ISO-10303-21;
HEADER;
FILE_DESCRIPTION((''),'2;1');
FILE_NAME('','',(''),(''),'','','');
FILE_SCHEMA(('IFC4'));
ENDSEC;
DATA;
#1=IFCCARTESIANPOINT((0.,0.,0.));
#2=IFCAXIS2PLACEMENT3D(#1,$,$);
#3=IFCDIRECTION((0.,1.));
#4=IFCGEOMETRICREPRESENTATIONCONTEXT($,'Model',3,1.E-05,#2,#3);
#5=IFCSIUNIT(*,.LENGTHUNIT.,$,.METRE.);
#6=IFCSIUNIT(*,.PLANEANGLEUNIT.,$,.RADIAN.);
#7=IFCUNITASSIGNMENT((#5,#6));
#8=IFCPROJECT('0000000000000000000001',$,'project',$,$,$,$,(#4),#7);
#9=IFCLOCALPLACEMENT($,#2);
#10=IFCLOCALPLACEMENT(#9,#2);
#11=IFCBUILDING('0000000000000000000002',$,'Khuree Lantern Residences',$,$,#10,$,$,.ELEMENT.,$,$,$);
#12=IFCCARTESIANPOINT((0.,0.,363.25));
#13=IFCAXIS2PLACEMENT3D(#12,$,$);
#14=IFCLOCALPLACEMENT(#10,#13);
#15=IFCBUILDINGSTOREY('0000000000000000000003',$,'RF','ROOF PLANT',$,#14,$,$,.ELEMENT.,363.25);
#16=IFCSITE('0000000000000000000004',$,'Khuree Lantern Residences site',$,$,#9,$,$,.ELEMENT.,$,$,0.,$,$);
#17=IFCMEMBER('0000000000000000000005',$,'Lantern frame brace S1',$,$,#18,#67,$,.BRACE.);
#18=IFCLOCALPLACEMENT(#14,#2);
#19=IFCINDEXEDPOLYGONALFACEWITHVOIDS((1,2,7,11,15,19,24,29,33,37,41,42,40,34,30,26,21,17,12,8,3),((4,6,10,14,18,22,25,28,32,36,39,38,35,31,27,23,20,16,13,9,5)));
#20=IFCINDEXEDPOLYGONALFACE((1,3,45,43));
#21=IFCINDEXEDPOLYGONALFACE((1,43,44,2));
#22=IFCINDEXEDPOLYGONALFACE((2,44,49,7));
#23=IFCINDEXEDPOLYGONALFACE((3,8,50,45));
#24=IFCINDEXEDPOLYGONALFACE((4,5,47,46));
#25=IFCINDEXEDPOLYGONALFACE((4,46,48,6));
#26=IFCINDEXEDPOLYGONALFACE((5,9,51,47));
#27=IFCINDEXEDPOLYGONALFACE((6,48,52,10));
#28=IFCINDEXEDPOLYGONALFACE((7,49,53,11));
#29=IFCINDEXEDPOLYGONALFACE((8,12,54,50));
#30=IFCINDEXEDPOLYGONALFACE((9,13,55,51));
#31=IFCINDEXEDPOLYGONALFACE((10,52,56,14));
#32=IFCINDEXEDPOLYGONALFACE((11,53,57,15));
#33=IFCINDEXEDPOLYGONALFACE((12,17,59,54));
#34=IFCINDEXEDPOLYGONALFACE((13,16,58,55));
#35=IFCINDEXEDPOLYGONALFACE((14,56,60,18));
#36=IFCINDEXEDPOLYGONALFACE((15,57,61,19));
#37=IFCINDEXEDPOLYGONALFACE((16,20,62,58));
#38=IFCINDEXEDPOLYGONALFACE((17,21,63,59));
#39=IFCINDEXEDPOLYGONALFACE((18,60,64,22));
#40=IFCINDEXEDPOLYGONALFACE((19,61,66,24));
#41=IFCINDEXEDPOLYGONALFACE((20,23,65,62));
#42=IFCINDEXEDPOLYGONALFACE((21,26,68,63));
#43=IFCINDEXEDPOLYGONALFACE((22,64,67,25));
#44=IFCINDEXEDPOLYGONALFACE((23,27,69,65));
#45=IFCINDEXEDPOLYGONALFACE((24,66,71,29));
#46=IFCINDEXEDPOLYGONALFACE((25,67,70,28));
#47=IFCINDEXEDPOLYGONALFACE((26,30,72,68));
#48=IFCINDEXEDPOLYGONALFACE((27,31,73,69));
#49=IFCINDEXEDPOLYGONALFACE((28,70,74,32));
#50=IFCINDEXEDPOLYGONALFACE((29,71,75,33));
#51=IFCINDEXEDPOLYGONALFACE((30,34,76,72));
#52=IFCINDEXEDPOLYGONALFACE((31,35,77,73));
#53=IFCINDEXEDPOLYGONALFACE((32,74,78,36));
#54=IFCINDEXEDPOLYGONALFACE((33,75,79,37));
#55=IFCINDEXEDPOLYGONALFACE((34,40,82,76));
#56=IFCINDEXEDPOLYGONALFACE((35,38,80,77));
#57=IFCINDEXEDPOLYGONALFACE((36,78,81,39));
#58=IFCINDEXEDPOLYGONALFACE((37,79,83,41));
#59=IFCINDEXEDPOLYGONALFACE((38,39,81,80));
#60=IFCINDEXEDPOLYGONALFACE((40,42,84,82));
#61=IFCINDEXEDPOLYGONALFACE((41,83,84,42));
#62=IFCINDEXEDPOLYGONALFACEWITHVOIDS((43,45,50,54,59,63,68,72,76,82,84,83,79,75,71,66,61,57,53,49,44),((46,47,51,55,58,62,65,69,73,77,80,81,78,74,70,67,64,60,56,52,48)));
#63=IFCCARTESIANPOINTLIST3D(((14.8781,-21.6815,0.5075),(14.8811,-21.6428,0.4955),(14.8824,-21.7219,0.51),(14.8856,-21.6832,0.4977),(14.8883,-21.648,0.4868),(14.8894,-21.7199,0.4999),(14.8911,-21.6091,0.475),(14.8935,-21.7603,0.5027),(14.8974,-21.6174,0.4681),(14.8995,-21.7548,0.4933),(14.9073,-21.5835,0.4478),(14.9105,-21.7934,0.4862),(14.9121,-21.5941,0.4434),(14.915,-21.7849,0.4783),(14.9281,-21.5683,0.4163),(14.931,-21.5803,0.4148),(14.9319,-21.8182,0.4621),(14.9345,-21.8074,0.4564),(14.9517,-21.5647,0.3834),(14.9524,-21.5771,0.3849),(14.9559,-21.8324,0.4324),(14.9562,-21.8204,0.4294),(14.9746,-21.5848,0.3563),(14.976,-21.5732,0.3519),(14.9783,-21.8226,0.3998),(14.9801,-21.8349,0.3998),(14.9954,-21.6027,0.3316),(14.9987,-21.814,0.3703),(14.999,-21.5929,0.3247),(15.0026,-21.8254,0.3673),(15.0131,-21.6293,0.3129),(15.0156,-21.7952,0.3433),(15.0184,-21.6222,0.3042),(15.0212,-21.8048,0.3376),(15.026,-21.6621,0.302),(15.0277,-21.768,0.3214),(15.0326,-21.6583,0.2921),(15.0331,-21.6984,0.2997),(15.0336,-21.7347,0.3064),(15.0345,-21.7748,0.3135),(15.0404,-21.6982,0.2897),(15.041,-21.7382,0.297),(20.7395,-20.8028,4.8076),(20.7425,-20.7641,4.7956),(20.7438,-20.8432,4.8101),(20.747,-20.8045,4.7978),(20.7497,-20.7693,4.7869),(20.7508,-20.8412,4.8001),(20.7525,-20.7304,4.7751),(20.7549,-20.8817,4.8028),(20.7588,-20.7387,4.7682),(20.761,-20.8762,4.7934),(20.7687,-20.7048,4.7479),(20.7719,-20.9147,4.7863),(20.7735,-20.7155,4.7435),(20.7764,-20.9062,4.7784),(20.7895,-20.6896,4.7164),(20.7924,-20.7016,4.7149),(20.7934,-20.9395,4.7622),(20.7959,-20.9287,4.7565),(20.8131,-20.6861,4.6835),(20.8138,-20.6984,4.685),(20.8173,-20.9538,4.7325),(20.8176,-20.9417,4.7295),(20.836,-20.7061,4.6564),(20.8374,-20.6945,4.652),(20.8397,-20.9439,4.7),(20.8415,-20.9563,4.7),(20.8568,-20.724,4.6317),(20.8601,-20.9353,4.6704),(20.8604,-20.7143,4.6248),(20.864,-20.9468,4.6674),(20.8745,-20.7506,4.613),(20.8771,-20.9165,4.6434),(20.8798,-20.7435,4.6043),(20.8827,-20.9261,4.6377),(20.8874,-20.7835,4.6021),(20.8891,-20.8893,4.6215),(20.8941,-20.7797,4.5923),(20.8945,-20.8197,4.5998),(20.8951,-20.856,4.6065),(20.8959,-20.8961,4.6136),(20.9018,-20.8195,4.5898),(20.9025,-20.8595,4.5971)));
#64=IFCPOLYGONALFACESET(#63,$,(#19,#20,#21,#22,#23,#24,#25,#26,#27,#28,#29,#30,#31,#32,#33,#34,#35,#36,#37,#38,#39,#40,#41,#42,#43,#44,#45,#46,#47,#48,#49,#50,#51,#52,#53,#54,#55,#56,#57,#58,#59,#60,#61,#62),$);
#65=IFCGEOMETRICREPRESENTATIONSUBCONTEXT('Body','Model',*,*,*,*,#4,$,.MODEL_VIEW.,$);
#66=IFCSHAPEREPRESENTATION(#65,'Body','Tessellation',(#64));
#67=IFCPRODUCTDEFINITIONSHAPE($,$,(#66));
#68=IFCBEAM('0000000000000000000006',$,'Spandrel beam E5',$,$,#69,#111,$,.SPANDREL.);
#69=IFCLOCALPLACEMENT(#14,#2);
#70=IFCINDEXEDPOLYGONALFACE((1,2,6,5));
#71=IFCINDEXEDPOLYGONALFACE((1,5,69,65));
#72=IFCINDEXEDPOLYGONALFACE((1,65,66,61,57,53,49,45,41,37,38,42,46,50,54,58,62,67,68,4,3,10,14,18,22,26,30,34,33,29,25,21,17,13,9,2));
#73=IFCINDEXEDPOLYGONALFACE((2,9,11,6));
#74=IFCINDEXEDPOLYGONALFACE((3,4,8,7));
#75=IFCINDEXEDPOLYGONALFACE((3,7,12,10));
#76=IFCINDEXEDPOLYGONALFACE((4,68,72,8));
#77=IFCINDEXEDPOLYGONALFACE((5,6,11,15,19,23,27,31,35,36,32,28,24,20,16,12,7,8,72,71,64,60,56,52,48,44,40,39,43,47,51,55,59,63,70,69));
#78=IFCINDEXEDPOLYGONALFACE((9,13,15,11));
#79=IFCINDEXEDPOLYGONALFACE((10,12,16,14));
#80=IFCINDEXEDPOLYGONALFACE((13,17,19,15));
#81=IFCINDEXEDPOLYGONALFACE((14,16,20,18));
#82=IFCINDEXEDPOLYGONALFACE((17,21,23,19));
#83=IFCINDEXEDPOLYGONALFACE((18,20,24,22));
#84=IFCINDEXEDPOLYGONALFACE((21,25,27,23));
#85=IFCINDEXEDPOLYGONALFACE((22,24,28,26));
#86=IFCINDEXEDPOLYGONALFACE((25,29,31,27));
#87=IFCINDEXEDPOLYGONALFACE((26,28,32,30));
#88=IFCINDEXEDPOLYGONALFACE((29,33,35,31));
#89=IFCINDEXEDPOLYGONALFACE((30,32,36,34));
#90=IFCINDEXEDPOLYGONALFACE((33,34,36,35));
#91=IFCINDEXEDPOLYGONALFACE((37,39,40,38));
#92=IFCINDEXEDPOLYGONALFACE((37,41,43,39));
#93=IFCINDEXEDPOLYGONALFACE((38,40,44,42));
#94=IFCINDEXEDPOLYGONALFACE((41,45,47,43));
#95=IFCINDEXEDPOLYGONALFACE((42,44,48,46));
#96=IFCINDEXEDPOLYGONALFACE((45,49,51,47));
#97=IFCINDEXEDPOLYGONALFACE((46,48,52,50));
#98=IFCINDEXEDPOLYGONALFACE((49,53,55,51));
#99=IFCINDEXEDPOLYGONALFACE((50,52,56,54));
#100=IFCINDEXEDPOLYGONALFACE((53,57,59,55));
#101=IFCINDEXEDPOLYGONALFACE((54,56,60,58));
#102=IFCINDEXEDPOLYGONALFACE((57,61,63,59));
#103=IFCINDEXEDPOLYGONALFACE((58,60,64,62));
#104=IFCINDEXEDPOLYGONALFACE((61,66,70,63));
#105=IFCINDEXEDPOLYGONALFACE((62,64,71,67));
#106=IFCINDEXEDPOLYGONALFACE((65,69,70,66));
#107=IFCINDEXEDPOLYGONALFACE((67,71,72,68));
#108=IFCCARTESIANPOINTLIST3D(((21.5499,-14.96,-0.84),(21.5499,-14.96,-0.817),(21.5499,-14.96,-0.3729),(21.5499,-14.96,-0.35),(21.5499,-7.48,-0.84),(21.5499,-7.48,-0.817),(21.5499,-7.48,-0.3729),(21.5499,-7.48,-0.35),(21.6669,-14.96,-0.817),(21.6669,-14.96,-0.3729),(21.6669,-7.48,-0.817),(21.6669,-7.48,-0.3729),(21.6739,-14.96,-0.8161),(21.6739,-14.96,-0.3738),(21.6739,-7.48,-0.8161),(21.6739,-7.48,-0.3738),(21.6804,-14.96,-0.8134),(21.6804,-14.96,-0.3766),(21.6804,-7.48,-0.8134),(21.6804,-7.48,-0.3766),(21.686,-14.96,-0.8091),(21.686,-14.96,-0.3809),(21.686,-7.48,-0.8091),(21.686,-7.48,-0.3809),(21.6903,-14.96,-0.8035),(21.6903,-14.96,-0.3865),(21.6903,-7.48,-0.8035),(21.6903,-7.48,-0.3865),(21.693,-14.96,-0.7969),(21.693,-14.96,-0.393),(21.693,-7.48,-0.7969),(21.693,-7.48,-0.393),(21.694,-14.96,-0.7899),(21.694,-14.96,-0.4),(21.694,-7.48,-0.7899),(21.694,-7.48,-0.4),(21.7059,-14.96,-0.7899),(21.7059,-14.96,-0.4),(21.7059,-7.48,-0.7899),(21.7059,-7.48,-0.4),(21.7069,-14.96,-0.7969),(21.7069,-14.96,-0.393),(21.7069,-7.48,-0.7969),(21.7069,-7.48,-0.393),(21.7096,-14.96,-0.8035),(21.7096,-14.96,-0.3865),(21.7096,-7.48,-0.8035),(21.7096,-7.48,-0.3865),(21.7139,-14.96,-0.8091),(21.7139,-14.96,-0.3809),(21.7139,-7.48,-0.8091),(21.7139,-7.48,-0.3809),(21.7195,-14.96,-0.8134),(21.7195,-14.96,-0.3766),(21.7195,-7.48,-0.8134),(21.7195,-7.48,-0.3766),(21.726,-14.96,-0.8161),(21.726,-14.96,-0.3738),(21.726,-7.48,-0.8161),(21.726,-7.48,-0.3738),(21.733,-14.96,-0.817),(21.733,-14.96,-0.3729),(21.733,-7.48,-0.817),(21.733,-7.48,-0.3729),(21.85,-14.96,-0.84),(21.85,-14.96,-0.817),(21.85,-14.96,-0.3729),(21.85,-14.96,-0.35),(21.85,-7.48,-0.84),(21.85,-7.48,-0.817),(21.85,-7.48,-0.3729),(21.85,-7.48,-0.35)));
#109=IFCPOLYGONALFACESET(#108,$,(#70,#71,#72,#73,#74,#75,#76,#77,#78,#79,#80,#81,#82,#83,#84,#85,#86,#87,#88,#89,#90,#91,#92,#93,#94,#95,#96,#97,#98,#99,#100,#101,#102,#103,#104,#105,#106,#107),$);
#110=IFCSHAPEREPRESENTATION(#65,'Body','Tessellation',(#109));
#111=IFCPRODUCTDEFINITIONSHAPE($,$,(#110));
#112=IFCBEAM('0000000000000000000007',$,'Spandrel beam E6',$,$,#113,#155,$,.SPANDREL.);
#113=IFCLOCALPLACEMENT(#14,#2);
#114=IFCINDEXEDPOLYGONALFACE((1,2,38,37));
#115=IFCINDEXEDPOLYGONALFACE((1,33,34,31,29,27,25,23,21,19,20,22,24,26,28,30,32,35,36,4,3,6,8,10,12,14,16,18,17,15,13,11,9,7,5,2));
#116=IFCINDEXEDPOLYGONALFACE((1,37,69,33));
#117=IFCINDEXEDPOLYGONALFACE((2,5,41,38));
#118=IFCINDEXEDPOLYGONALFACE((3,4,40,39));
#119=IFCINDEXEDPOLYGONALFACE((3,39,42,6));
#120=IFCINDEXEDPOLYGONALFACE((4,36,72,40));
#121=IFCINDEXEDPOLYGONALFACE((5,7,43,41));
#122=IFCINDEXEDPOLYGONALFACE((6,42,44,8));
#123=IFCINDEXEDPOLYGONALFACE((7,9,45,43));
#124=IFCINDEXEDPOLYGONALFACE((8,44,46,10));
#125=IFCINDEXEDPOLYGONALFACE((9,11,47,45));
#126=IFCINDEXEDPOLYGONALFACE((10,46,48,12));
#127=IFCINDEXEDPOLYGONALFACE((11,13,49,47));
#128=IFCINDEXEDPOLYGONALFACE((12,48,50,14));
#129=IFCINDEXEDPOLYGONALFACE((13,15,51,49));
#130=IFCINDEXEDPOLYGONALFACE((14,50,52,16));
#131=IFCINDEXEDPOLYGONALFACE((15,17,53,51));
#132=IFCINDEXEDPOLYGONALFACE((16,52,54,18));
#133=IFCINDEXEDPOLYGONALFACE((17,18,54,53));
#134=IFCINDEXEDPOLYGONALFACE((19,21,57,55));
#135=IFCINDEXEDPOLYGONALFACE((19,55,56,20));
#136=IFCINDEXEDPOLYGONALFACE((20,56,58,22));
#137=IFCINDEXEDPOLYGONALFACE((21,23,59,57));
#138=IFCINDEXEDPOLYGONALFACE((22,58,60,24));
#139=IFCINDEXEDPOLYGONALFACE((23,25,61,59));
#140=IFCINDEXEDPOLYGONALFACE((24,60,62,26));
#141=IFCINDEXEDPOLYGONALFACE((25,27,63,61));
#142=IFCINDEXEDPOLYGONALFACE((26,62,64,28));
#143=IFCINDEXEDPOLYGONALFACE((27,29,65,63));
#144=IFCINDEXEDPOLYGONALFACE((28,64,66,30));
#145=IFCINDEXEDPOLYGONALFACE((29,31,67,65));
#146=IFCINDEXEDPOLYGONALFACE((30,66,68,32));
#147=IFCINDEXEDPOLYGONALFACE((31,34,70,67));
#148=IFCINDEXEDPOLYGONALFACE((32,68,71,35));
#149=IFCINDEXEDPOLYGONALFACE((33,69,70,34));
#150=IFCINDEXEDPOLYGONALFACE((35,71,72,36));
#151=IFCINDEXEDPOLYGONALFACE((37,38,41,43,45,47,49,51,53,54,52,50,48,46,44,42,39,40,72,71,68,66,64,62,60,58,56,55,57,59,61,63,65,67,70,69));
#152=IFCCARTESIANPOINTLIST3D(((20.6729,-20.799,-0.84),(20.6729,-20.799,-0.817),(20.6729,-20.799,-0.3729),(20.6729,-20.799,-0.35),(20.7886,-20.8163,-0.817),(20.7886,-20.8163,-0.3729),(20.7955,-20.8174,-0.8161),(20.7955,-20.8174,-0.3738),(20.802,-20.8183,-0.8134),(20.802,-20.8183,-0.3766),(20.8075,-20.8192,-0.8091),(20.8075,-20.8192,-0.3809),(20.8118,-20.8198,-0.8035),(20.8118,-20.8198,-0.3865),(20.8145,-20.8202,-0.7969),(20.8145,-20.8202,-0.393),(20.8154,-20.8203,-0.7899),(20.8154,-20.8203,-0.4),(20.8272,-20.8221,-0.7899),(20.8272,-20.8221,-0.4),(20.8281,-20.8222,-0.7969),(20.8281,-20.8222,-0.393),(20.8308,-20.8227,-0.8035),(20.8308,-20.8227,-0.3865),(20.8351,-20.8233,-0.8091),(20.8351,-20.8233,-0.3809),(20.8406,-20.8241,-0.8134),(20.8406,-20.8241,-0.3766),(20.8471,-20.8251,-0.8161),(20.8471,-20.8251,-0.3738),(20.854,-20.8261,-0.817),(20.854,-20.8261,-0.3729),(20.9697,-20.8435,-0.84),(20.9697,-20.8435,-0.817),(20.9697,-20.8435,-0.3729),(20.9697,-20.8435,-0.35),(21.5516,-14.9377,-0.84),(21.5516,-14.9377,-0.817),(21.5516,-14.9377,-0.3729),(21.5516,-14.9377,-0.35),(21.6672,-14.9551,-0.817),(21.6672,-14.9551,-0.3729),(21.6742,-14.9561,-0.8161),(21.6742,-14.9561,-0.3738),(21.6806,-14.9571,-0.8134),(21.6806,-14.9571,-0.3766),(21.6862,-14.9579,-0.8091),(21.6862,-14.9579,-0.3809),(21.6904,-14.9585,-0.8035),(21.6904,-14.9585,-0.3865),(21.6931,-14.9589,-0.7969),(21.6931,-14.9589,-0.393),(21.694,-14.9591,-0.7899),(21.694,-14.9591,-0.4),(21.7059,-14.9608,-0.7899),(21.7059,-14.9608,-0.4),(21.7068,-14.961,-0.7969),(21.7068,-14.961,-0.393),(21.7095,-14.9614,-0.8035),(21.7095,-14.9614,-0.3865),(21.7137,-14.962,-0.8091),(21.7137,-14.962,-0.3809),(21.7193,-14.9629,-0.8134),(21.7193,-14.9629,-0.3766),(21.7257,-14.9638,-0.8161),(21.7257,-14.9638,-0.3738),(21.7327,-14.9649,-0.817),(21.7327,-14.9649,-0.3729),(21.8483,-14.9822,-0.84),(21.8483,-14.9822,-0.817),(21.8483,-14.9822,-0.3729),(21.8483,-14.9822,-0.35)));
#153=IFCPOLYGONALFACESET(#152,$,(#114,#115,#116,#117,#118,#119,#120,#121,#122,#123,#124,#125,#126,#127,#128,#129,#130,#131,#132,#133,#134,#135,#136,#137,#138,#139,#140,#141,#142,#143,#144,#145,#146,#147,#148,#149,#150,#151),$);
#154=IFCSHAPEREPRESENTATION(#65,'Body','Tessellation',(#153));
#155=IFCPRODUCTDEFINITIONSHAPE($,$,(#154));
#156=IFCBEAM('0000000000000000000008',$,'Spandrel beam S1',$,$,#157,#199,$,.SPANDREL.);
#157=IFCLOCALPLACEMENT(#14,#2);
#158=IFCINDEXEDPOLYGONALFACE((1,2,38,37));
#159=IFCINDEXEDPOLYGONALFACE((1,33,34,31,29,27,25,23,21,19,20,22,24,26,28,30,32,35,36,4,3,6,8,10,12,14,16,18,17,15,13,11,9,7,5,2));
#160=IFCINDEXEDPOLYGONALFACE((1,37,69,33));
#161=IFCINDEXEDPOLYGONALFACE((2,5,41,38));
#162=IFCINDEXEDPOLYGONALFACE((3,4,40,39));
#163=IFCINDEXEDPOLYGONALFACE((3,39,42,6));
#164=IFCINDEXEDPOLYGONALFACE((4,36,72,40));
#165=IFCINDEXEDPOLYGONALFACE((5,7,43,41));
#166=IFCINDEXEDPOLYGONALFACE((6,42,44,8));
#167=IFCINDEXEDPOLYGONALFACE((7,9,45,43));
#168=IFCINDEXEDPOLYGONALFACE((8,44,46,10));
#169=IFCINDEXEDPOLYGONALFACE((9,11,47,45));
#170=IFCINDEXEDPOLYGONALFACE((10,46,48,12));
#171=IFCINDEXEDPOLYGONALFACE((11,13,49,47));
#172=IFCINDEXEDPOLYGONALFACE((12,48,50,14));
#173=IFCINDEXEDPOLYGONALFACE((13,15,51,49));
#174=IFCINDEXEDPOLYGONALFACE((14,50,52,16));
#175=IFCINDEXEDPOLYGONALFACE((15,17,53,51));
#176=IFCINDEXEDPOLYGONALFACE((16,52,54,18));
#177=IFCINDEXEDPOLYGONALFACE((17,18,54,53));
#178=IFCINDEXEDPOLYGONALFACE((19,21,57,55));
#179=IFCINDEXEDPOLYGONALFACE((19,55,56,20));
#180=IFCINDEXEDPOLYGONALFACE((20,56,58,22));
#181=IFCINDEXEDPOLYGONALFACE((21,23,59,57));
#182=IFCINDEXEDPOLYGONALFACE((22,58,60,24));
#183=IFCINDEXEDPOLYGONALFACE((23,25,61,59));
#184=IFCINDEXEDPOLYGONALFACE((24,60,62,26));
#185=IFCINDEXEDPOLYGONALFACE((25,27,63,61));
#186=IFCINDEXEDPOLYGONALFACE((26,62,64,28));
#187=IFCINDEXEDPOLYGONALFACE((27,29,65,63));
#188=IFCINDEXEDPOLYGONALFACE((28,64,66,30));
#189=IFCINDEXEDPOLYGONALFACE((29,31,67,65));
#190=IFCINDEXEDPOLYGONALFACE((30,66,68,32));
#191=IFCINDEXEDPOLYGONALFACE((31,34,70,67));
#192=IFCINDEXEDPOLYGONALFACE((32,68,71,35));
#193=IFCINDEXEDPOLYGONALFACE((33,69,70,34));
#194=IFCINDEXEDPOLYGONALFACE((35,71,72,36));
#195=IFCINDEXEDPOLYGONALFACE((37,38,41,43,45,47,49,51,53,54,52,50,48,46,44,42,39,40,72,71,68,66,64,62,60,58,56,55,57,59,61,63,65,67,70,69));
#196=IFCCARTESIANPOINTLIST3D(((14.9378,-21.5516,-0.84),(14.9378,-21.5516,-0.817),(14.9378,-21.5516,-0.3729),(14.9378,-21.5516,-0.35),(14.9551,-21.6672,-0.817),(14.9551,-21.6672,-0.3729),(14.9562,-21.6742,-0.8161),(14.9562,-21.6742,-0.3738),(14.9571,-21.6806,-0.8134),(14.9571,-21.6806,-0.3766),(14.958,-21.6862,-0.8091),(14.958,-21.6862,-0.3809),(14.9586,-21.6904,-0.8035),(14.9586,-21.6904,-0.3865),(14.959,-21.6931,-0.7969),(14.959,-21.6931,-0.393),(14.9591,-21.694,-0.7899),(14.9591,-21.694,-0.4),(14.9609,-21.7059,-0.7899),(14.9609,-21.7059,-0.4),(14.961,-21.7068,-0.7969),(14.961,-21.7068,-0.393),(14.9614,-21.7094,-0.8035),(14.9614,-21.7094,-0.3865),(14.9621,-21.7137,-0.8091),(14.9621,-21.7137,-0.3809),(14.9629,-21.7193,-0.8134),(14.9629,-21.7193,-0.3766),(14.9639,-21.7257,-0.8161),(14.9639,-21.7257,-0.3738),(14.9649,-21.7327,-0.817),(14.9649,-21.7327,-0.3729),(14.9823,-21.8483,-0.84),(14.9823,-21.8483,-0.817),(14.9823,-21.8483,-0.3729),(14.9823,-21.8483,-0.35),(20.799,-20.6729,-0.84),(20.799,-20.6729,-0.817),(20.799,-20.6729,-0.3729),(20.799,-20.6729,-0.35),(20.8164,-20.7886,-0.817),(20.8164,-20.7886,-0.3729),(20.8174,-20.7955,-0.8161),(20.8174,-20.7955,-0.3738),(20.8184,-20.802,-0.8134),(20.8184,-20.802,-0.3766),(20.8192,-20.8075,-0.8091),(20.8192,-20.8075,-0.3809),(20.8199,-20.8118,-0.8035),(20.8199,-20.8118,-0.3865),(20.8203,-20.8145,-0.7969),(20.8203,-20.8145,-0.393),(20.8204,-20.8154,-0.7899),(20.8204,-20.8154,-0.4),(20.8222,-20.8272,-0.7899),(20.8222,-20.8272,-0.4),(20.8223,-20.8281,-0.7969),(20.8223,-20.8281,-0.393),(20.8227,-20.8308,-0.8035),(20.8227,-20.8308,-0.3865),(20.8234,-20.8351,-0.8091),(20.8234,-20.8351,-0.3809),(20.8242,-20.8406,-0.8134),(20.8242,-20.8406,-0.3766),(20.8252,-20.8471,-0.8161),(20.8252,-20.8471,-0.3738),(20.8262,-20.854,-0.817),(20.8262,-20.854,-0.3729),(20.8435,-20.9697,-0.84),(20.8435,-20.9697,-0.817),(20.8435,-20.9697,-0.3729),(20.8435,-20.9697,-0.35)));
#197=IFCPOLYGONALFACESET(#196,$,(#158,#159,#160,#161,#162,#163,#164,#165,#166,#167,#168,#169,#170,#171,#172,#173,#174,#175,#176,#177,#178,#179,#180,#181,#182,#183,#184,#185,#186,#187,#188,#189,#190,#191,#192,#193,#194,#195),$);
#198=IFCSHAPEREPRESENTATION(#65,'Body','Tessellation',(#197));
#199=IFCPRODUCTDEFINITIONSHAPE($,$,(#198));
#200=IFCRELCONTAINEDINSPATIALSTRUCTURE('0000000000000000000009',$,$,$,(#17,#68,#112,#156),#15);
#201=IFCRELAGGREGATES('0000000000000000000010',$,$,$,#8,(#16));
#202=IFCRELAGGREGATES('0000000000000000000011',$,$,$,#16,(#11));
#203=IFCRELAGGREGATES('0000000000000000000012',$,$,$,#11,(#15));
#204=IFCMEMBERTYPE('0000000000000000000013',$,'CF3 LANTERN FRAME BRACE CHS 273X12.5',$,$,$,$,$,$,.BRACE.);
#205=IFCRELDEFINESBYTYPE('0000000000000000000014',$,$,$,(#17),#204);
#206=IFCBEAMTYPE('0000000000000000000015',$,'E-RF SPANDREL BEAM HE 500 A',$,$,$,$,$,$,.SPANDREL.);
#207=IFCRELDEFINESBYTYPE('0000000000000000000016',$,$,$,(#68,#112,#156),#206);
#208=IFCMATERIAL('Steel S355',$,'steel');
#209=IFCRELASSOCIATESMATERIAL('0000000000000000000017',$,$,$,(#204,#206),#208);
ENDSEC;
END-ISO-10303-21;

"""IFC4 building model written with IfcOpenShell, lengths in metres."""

from ifc_helpers import new_model, si_unit, direction, frame, origin, origin_2d, place, context, subcontext, project, spatial, hollow_circle, i_section, extrude, material, material_profile, profile_set, type_object, element, save


model = new_model("IFC4")

# Units and contexts
model_context = context("Model", 3, precision=1e-05, world=origin(), true_north=direction((0.0, 1.0)))
body_context = subcontext(model_context, "Body", "Model", "MODEL_VIEW")
ifc_project = project(units=[si_unit("LENGTHUNIT", "METRE"), si_unit("PLANEANGLEUNIT", "RADIAN")], contexts=[model_context])

# Site, building, storey
site_placement = place(None, origin())
site = spatial("IfcSite", under=ifc_project, at=site_placement, Name="Khuree Lantern Residences site", CompositionType="ELEMENT", RefElevation=0.0)
building_placement = place(site_placement, origin())
building = spatial("IfcBuilding", under=site, at=building_placement, Name="Khuree Lantern Residences", CompositionType="ELEMENT")
storey_placement = place(building_placement, frame((0.0, 0.0, 363.25)))
storey = spatial("IfcBuildingStorey", under=building, at=storey_placement, Name="RF", Description="ROOF PLANT", CompositionType="ELEMENT", Elevation=363.25)

# Shared definitions
ifc_material_1 = material(Name="Steel S355", Category="steel")

# Member
ifc_material_profile_1 = material_profile(ifc_material_1, hollow_circle(Radius=0.1365, WallThickness=0.0125, at=origin_2d()), Name="CHS 273X12.5")
ifc_profile_set_1 = profile_set([ifc_material_profile_1], Name="Steel S355")
member_type_1 = type_object("IfcMemberType", Name="CF3 LANTERN FRAME BRACE CHS 273X12.5", PredefinedType="BRACE", material=ifc_profile_set_1)
for number, where, z_axis, x_axis, name in (
    (1, (20.8213, -20.8213, 4.7), (-0.800465, -0.119996, -0.587245), (0.148252, -0.98895, 0.0), "Lantern frame brace S1"),
):
    element("IfcMember", number, at=place(storey_placement, frame(where, z_axis=z_axis, x_axis=x_axis)), inside=storey, type_object=member_type_1, Name=name, PredefinedType="BRACE", context=body_context, shape_type="SweptSolid", body=[
        extrude(hollow_circle(Radius=0.1365, WallThickness=0.0125, at=origin_2d()), origin(), (0.0, 0.0, 1.0), 7.3225),
    ])

# Beams
ifc_material_profile_2 = material_profile(ifc_material_1, i_section(OverallWidth=0.3, OverallDepth=0.49, WebThickness=0.012, FlangeThickness=0.0229, FilletRadius=0.0271, at=origin_2d()), Name="HE 500 A")
ifc_profile_set_2 = profile_set([ifc_material_profile_2], Name="Steel S355")
beam_type_1 = type_object("IfcBeamType", Name="E-RF SPANDREL BEAM HE 500 A", PredefinedType="SPANDREL", material=ifc_profile_set_2)
beam_1_placement = place(storey_placement, frame((21.7, -7.48, -0.595), z_axis=(0.0, -1.0, 0.0), x_axis=(1.0, 0.0, 0.0)))
element("IfcBeam", 2, at=beam_1_placement, inside=storey, type_object=beam_type_1, Name="Spandrel beam E5", PredefinedType="SPANDREL", context=body_context, shape_type="SweptSolid", body=[
    extrude(i_section(OverallWidth=0.3, OverallDepth=0.49, WebThickness=0.012, FlangeThickness=0.0229, FilletRadius=0.0271, at=origin_2d()), origin(), (0.0, 0.0, 1.0), 7.48),
])
for number, where, z_axis, x_axis, name in (
    (3, (21.7, -14.96, -0.595), (-0.148252, -0.98895, 0.0), (0.98895, -0.148252, 0.0), "Spandrel beam E6"),
    (4, (20.8213, -20.8213, -0.595), (-0.98895, -0.148252, 0.0), (0.148252, -0.98895, 0.0), "Spandrel beam S1"),
):
    element("IfcBeam", number, at=place(storey_placement, frame(where, z_axis=z_axis, x_axis=x_axis)), inside=storey, type_object=beam_type_1, Name=name, PredefinedType="SPANDREL", context=body_context, shape_type="SweptSolid", body=[
        extrude(i_section(OverallWidth=0.3, OverallDepth=0.49, WebThickness=0.012, FlangeThickness=0.0229, FilletRadius=0.0271, at=origin_2d()), origin(), (0.0, 0.0, 1.0), 5.9268),
    ])

save(model, "model.ifc")
